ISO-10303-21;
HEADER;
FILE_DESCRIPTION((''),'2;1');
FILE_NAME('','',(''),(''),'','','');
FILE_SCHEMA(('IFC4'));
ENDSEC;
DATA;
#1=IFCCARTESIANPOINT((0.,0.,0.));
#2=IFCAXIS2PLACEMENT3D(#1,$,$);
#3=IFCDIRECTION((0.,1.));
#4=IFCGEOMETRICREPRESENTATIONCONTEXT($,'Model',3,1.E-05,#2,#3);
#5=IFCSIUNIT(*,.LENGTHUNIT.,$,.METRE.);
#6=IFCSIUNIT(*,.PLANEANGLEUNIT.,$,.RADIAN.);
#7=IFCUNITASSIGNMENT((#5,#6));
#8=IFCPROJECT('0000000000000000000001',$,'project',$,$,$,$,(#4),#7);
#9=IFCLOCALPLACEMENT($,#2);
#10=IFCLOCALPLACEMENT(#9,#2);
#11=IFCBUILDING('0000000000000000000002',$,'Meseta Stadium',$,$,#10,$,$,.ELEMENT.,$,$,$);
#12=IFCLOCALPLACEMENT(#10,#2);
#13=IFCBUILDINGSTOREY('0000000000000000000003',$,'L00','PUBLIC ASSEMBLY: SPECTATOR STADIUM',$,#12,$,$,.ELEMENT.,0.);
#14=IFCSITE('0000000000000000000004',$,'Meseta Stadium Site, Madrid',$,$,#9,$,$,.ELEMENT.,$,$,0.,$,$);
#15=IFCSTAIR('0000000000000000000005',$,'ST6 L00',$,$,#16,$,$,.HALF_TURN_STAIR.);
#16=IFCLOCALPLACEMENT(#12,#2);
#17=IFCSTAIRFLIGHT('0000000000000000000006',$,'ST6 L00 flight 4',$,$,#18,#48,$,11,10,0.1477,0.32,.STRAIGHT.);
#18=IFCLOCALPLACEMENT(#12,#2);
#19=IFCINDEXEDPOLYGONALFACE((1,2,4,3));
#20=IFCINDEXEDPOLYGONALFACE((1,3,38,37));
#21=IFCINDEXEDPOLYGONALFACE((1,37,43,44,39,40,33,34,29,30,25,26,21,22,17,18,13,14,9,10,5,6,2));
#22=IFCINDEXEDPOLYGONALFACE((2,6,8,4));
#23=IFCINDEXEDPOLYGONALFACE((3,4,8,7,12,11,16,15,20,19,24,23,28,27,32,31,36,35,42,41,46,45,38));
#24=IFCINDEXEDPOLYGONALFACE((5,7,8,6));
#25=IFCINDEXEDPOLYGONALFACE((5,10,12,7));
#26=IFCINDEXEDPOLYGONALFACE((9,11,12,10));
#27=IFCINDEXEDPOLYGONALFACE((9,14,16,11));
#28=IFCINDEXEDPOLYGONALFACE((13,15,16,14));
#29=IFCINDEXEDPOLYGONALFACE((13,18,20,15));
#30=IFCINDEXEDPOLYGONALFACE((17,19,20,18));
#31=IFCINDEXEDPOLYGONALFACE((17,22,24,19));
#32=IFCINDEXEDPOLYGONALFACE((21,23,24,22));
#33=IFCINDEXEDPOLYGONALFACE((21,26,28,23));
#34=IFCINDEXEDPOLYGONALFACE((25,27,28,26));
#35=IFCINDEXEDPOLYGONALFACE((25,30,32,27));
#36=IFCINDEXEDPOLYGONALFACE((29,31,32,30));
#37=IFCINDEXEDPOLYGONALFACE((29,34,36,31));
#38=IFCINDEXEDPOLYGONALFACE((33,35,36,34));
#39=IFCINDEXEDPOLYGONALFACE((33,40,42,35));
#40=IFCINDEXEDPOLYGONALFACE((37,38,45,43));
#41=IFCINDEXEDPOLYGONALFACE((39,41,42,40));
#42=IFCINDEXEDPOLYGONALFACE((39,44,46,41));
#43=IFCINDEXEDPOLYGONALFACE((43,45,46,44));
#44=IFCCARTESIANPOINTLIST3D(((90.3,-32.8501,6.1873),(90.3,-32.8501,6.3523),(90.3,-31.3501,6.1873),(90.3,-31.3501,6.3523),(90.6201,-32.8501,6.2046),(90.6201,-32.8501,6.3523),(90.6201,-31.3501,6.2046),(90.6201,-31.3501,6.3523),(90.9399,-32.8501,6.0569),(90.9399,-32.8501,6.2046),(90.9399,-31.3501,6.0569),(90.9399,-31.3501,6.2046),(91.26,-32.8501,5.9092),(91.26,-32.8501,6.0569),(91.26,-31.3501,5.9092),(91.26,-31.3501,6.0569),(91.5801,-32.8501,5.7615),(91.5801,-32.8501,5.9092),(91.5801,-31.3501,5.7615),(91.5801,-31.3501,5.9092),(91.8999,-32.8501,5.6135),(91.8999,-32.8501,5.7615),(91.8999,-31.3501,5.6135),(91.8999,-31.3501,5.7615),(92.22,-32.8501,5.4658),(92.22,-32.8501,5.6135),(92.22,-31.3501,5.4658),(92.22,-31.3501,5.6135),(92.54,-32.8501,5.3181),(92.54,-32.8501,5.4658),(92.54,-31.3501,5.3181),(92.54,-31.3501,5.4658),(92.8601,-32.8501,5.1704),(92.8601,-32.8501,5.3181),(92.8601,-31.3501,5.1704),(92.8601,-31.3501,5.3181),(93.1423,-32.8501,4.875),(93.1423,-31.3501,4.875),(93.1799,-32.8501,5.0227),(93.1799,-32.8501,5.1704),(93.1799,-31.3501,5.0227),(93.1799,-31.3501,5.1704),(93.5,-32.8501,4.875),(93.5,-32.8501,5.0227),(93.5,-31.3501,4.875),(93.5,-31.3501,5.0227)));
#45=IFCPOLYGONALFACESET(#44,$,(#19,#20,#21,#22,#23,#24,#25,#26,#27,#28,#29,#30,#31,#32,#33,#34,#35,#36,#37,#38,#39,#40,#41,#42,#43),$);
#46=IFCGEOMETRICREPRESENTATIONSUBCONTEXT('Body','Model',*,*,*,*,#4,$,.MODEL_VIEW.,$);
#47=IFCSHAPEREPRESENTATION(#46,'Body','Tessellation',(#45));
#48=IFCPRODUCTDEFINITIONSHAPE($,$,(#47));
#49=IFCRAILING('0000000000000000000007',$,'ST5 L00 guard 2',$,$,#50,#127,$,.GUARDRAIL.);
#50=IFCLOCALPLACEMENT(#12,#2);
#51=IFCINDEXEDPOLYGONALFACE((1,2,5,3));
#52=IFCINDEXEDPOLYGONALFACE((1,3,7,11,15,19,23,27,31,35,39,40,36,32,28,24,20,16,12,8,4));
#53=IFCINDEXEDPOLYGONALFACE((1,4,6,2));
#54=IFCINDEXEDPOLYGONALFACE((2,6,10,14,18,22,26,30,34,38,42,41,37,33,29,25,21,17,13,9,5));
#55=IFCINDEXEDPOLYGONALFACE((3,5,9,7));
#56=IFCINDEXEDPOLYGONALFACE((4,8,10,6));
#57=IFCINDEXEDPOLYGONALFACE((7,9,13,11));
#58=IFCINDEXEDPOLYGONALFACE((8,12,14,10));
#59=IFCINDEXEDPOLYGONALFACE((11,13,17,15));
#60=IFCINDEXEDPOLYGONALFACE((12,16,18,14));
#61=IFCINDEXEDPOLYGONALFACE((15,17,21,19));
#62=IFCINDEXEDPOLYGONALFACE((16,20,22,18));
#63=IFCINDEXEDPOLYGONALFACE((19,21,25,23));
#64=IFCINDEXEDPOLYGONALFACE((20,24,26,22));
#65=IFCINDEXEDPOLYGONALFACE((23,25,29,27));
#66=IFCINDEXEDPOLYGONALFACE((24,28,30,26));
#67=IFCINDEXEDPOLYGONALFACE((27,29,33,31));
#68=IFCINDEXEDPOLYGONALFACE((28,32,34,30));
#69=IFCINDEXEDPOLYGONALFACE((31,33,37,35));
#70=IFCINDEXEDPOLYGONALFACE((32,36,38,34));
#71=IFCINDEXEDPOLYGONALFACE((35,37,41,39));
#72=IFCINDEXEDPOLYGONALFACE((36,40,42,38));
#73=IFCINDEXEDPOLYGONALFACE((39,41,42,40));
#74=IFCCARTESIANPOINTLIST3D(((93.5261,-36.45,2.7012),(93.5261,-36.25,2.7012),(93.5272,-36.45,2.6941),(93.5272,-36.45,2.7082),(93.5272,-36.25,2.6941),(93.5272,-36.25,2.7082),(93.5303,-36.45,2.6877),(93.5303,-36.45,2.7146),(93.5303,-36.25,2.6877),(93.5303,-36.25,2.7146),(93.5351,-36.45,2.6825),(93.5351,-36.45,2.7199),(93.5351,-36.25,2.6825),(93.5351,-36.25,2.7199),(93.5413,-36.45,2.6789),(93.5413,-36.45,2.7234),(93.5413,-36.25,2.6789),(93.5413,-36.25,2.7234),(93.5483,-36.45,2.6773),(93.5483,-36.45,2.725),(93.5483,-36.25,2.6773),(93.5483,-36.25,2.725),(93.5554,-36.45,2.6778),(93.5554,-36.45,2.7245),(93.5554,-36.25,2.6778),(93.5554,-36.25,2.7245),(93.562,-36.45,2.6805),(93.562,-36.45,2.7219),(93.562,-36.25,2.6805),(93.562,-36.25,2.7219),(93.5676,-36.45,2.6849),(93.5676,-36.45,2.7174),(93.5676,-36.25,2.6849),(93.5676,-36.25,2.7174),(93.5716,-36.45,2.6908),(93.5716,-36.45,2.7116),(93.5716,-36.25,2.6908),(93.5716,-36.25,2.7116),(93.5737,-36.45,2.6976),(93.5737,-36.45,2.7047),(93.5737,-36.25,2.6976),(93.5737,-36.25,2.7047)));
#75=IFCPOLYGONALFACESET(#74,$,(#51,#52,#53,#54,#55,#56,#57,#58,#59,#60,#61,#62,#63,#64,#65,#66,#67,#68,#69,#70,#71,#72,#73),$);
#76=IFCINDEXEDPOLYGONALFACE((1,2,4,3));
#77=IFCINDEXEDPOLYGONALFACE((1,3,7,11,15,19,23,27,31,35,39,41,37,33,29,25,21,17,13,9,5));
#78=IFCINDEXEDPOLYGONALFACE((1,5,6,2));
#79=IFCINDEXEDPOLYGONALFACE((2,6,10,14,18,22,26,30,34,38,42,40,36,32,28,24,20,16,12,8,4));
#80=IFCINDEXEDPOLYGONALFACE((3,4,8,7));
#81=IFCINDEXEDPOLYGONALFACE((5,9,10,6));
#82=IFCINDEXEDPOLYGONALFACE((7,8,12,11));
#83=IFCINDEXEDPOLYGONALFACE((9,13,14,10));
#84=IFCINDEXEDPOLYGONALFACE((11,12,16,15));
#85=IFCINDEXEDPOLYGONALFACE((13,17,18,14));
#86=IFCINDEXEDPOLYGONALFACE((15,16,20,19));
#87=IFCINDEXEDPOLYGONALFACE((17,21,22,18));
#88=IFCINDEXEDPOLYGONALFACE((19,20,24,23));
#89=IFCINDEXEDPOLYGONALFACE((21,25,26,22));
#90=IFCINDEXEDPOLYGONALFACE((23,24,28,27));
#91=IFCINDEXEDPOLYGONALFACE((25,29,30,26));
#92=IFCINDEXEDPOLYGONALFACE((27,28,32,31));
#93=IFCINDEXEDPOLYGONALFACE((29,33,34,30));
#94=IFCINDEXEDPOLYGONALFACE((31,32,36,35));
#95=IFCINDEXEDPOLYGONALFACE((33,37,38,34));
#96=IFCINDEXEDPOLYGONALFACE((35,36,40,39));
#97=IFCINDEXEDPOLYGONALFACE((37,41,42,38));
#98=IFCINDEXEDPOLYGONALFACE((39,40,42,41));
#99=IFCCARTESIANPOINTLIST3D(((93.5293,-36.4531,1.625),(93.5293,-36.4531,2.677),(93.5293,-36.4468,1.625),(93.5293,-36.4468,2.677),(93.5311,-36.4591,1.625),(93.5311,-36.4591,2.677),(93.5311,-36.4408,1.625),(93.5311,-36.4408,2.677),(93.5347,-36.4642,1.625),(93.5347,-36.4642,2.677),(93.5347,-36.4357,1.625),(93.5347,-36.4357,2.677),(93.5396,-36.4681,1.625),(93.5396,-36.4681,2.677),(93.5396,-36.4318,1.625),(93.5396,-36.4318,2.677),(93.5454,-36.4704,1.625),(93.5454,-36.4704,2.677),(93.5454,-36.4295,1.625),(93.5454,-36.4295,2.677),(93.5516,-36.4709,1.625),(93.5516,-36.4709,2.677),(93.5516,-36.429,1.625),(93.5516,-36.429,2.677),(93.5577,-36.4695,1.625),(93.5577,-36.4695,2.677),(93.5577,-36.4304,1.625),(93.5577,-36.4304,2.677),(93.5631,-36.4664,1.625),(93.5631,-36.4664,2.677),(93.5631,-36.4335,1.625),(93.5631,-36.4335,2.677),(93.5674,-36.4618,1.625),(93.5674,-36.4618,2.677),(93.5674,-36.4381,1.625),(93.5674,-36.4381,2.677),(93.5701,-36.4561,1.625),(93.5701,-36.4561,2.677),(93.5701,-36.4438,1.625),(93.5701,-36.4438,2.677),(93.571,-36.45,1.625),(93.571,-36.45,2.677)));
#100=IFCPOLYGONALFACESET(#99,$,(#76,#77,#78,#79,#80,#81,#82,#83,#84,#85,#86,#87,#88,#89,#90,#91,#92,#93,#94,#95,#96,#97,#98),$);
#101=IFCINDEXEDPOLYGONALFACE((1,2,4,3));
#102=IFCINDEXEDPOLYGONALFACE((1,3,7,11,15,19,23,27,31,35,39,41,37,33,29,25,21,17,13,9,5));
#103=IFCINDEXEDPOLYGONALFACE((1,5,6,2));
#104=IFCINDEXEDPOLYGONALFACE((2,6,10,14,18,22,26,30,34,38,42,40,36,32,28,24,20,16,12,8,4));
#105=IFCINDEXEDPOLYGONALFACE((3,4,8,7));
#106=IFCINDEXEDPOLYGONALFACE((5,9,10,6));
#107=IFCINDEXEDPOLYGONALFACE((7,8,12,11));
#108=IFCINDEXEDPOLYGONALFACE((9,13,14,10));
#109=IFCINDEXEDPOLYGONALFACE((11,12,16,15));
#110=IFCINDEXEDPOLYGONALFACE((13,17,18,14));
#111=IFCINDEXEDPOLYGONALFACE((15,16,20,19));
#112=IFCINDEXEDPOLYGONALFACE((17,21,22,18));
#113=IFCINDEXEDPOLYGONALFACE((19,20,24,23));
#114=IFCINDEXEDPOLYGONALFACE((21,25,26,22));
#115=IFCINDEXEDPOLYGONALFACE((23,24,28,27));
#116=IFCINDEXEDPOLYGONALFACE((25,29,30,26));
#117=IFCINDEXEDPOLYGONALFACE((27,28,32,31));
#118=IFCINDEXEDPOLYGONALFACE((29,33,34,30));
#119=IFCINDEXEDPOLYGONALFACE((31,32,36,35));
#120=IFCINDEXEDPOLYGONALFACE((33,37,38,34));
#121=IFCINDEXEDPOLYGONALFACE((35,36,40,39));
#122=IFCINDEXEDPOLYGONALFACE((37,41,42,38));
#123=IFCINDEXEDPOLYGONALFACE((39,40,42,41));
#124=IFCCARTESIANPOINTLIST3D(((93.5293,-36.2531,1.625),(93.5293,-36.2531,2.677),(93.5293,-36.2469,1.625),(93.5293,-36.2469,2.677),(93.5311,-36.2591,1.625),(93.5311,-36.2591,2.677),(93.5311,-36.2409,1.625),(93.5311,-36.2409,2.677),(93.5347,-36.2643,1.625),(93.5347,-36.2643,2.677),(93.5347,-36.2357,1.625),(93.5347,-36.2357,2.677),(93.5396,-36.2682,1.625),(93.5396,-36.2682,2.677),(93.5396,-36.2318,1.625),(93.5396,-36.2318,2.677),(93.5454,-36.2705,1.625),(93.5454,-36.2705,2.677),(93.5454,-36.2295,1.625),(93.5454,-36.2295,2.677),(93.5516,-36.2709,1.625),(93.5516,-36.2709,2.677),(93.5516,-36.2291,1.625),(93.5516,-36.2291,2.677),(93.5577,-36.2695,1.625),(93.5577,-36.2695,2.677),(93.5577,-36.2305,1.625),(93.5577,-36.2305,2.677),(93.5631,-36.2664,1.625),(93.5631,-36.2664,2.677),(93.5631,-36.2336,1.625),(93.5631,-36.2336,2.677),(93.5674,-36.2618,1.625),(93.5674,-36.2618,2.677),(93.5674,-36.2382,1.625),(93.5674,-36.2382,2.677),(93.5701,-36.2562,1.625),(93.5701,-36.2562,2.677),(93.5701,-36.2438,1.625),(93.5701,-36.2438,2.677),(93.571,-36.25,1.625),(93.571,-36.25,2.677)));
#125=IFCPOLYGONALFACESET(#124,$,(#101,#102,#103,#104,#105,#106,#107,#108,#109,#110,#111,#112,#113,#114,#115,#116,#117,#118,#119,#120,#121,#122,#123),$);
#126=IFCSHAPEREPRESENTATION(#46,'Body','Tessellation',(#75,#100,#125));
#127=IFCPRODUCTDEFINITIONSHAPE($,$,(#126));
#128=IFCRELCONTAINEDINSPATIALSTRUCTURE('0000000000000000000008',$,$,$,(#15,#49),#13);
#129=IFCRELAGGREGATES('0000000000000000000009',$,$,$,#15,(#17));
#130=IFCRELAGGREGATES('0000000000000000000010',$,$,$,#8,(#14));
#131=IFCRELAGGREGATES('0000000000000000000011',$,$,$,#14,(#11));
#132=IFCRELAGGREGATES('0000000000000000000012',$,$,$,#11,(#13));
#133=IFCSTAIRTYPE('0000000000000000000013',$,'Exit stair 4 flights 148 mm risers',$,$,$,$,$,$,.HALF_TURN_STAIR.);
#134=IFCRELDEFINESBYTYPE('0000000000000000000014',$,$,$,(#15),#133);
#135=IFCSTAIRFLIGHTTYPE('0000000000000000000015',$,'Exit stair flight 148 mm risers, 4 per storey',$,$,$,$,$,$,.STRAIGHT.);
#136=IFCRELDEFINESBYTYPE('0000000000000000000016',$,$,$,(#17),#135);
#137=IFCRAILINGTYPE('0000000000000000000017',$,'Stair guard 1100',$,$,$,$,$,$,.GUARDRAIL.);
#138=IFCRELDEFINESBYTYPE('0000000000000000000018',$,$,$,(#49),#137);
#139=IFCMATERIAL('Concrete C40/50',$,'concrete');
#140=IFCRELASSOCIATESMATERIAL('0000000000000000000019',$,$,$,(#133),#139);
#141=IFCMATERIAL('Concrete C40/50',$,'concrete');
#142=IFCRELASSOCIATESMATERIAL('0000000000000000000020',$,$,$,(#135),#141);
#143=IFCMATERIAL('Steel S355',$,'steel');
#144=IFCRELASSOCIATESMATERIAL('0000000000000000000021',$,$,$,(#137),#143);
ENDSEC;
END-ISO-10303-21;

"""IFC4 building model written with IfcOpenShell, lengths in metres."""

from ifc_helpers import new_model, si_unit, direction, frame, origin, origin_2d, place, context, subcontext, project, spatial, polyline, circle, outline, extrude, material, type_object, element, aggregate, save


model = new_model("IFC4")

# Units and contexts
model_context = context("Model", 3, precision=1e-05, world=origin(), true_north=direction((0.0, 1.0)))
body_context = subcontext(model_context, "Body", "Model", "MODEL_VIEW")
ifc_project = project(units=[si_unit("LENGTHUNIT", "METRE"), si_unit("PLANEANGLEUNIT", "RADIAN")], contexts=[model_context])

# Site, building, storey
site_placement = place(None, origin())
site = spatial("IfcSite", under=ifc_project, at=site_placement, Name="Meseta Stadium Site, Madrid", CompositionType="ELEMENT", RefElevation=0.0)
building_placement = place(site_placement, origin())
building = spatial("IfcBuilding", under=site, at=building_placement, Name="Meseta Stadium", CompositionType="ELEMENT")
storey_placement = place(building_placement, origin())
storey = spatial("IfcBuildingStorey", under=building, at=storey_placement, Name="L00", Description="PUBLIC ASSEMBLY: SPECTATOR STADIUM", CompositionType="ELEMENT", Elevation=0.0)

# Stair, stair flight
ifc_material_1 = material(Name="Concrete C40/50", Category="concrete")
stair_type = type_object("IfcStairType", Name="Exit stair 4 flights 148 mm risers", PredefinedType="HALF_TURN_STAIR", material=ifc_material_1)
ifc_material_2 = material(Name="Concrete C40/50", Category="concrete")
stair_flight_type = type_object("IfcStairFlightType", Name="Exit stair flight 148 mm risers, 4 per storey", PredefinedType="STRAIGHT", material=ifc_material_2)
stair_1_placement = place(storey_placement, origin())
stair_1 = element("IfcStair", 1, at=stair_1_placement, inside=storey, type_object=stair_type, Name="ST6 L00", PredefinedType="HALF_TURN_STAIR")
stair_flight_1_placement = place(storey_placement, frame((93.5, -32.1001, 4.875), z_axis=(0.0, 0.0, 1.0), x_axis=(-1.0, 0.0, 0.0)))
stair_flight_1 = element("IfcStairFlight", 2, at=stair_flight_1_placement, type_object=stair_flight_type, Name="ST6 L00 flight 4", NumberOfRisers=11, NumberOfTreads=10, PredefinedType="STRAIGHT", RiserHeight=0.1477, TreadLength=0.32, context=body_context, shape_type="SweptSolid", body=[
    extrude(outline(polyline([(0.0, 0.0), (0.0, 0.1477), (0.3201, 0.1477), (0.3201, 0.2954), (0.6399, 0.2954), (0.6399, 0.4431), (0.96, 0.4431), (0.96, 0.5908), (1.28, 0.5908), (1.28, 0.7385), (1.6001, 0.7385), (1.6001, 0.8865), (1.9199, 0.8865), (1.9199, 1.0342), (2.24, 1.0342), (2.24, 1.1819), (2.5601, 1.1819), (2.5601, 1.3296), (2.8799, 1.3296), (2.8799, 1.4773), (3.2, 1.4773), (3.2, 1.3123), (0.3577, 0.0), (0.0, 0.0)])), frame((0.0, 0.75, 0.0), z_axis=(0.0, -1.0, 0.0), x_axis=(1.0, 0.0, 0.0)), (0.0, 0.0, 1.0), 1.5),
])
aggregate(stair_1, [stair_flight_1])

# Railing
ifc_material_3 = material(Name="Steel S355", Category="steel")
railing_type_1 = type_object("IfcRailingType", Name="Stair guard 1100", PredefinedType="GUARDRAIL", material=ifc_material_3)
railing_1_placement = place(storey_placement, frame((93.55, -36.45, 1.625)))
element("IfcRailing", 3, at=railing_1_placement, inside=storey, type_object=railing_type_1, Name="ST5 L00 guard 2", PredefinedType="GUARDRAIL", context=body_context, shape_type="SweptSolid", body=[
    extrude(circle(Radius=0.0239, at=origin_2d()), frame((0.0, 0.0, 1.0762), z_axis=(0.0, 1.0, 0.0), x_axis=(-1.0, 0.0, 0.0)), (0.0, 0.0, 1.0), 0.2),
    extrude(circle(Radius=0.021, at=origin_2d()), origin(), (0.0, 0.0, 1.0), 1.052),
    extrude(circle(Radius=0.021, at=origin_2d()), frame((0.0, 0.2, 0.0)), (0.0, 0.0, 1.0), 1.052),
])

save(model, "model.ifc")
